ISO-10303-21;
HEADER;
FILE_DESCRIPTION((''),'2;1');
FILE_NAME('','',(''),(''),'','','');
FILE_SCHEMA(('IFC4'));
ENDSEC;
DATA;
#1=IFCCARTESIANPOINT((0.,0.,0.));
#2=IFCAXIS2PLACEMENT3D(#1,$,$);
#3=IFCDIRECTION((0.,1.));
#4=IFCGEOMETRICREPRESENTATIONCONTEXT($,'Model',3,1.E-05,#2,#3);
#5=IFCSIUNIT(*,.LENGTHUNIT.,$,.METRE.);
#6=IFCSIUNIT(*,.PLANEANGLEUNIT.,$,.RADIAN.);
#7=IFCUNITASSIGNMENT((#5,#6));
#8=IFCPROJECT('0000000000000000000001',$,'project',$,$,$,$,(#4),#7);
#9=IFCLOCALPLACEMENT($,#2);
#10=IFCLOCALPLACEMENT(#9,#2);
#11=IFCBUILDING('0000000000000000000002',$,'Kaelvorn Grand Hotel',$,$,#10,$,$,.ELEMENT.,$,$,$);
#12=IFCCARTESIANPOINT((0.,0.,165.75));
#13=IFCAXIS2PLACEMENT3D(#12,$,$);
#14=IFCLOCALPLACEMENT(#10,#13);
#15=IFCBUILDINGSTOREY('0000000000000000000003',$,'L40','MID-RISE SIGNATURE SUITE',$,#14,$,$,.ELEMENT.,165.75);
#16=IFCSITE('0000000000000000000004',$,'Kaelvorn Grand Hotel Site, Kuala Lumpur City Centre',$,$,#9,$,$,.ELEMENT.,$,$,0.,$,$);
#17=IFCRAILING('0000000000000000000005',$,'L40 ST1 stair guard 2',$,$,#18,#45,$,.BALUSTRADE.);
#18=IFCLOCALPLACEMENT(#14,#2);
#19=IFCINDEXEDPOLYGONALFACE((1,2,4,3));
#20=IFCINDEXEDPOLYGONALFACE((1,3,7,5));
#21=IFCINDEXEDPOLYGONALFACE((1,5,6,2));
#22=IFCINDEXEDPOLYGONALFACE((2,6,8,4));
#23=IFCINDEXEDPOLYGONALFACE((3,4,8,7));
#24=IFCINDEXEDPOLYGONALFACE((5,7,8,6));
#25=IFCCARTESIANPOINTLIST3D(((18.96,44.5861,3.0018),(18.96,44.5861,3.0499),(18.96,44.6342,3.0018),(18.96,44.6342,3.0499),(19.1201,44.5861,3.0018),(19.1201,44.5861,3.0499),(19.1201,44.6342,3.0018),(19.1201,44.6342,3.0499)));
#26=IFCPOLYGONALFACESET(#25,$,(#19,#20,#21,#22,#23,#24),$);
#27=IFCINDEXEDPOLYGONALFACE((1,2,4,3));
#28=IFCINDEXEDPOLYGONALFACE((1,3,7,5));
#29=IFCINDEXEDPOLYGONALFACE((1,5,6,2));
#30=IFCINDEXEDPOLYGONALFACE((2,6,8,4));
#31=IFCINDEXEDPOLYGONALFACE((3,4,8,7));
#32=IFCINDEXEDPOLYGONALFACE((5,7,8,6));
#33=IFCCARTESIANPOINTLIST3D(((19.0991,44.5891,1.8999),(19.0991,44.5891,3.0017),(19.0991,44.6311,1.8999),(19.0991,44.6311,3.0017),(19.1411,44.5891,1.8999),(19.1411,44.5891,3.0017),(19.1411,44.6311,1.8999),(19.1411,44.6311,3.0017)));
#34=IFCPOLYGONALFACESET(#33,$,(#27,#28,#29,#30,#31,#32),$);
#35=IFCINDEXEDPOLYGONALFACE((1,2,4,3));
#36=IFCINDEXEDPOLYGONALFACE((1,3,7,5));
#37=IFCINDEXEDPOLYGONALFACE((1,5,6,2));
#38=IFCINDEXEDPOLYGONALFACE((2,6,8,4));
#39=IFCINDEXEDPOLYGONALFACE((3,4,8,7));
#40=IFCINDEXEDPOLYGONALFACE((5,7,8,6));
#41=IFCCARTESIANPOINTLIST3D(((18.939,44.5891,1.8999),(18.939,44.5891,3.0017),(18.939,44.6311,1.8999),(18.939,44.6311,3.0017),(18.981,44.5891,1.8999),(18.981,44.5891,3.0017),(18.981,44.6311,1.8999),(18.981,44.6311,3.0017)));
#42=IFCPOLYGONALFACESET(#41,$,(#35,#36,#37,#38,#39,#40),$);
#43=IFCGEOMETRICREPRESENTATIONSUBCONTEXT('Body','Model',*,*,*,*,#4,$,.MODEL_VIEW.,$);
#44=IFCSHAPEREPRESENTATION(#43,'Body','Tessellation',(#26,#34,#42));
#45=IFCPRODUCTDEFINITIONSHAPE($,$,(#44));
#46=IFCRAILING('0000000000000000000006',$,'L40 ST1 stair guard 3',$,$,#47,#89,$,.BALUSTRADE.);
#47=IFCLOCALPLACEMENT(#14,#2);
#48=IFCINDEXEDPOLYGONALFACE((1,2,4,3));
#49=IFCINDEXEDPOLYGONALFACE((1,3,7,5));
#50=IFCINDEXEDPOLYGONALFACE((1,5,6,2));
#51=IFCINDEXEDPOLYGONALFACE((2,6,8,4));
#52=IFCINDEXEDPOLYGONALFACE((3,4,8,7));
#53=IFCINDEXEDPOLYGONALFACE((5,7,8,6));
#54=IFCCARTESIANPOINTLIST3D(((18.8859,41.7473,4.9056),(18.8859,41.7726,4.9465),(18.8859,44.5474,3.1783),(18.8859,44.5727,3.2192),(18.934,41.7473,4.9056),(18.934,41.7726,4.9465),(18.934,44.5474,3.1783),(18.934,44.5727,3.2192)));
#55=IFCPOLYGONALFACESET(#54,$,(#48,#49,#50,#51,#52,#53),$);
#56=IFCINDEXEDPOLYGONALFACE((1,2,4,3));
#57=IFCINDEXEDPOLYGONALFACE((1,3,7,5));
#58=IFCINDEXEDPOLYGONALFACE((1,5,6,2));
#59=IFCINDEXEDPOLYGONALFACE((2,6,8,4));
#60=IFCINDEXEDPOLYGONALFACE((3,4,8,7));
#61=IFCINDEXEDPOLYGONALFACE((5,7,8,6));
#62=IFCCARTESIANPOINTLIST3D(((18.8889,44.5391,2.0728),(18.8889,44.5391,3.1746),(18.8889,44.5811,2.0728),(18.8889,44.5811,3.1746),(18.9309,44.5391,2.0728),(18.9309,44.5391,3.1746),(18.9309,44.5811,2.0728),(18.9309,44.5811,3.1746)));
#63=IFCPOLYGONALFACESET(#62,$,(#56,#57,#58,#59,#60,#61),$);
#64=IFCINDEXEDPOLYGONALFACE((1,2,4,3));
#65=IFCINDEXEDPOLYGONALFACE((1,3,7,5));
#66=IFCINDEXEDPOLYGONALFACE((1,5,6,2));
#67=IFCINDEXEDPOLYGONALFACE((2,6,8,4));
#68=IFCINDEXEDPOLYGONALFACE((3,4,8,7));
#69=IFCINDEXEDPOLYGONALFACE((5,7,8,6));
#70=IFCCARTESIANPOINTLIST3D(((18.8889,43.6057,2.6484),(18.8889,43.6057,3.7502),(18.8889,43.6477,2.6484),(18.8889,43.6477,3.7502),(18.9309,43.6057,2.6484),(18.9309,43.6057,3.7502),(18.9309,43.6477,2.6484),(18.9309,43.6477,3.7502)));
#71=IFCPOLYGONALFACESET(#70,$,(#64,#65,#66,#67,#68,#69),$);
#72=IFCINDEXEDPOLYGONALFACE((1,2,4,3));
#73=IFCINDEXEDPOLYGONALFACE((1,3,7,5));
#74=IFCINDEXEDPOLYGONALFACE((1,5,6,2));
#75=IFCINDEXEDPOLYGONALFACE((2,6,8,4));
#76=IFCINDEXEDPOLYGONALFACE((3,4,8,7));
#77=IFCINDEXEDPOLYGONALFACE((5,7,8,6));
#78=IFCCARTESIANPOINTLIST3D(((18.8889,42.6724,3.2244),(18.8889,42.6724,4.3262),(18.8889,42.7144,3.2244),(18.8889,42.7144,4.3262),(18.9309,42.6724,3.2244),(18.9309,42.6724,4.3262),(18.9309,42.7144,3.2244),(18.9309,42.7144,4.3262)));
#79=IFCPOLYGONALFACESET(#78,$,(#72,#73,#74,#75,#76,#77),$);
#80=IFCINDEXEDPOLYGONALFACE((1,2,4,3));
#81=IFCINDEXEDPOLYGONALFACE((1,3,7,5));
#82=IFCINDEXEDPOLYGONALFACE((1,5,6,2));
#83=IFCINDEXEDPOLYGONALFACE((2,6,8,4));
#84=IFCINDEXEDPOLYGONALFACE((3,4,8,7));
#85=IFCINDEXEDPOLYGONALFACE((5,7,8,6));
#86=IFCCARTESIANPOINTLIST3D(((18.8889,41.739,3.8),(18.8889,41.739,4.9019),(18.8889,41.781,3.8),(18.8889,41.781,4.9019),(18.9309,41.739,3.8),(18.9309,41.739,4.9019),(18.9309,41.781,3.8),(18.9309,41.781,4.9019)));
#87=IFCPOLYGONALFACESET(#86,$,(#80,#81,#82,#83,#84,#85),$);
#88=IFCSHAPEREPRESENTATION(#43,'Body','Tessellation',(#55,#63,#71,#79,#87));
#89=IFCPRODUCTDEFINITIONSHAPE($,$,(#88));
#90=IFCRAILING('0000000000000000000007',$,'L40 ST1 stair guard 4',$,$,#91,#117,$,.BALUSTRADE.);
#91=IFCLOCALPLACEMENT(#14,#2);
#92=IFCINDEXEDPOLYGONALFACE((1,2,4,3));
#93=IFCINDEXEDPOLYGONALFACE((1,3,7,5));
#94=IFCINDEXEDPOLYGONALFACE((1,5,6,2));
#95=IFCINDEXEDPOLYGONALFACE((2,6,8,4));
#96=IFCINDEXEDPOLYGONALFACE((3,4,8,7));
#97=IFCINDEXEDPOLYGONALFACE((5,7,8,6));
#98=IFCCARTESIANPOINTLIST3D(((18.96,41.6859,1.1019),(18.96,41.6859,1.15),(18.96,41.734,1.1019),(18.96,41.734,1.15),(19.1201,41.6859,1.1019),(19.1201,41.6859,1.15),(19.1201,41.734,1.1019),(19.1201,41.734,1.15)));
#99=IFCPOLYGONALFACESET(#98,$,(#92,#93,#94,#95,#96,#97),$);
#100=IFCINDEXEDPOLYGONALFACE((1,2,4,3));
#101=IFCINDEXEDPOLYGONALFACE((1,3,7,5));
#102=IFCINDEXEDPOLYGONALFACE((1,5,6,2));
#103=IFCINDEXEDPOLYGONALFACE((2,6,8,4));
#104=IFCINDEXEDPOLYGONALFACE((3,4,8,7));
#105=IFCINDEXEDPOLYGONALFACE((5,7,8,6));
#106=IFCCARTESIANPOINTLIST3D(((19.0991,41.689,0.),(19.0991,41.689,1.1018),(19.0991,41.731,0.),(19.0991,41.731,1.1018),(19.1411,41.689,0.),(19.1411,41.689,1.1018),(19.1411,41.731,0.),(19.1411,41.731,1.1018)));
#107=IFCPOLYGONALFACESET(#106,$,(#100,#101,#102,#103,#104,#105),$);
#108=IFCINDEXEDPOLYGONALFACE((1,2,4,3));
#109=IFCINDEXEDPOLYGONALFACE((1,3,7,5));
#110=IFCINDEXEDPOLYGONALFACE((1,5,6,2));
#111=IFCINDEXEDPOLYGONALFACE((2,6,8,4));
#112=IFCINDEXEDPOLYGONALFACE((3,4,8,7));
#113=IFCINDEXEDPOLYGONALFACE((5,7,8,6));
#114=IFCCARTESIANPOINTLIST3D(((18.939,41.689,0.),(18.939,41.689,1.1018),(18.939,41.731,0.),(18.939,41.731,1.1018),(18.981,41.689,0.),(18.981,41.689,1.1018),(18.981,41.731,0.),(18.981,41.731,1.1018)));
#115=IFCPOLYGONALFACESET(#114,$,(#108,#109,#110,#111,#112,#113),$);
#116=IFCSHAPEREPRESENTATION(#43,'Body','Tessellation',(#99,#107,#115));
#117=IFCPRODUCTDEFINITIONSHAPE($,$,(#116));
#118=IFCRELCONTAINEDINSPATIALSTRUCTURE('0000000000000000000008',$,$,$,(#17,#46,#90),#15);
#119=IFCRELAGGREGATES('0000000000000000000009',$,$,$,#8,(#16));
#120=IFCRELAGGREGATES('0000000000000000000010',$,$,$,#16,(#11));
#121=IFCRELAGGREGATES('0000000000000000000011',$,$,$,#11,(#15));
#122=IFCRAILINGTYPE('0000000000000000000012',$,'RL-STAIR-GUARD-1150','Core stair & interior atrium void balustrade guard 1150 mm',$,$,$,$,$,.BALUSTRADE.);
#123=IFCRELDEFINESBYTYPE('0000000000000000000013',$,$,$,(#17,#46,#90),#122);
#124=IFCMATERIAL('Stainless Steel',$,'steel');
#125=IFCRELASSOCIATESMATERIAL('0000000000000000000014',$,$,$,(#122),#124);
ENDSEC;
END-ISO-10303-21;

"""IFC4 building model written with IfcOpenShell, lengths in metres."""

from ifc_helpers import new_model, si_unit, direction, frame, origin, origin_2d, place, context, subcontext, project, spatial, rectangle, extrude, material, type_object, element, save


model = new_model("IFC4")

# Units and contexts
model_context = context("Model", 3, precision=1e-05, world=origin(), true_north=direction((0.0, 1.0)))
body_context = subcontext(model_context, "Body", "Model", "MODEL_VIEW")
ifc_project = project(units=[si_unit("LENGTHUNIT", "METRE"), si_unit("PLANEANGLEUNIT", "RADIAN")], contexts=[model_context])

# Site, building, storey
site_placement = place(None, origin())
site = spatial("IfcSite", under=ifc_project, at=site_placement, Name="Kaelvorn Grand Hotel Site, Kuala Lumpur City Centre", CompositionType="ELEMENT", RefElevation=0.0)
building_placement = place(site_placement, origin())
building = spatial("IfcBuilding", under=site, at=building_placement, Name="Kaelvorn Grand Hotel", CompositionType="ELEMENT")
storey_placement = place(building_placement, frame((0.0, 0.0, 165.75)))
storey = spatial("IfcBuildingStorey", under=building, at=storey_placement, Name="L40", Description="MID-RISE SIGNATURE SUITE", CompositionType="ELEMENT", Elevation=165.75)

# Railings
ifc_material_1 = material(Name="Stainless Steel", Category="steel")
railing_type_1 = type_object("IfcRailingType", Name="RL-STAIR-GUARD-1150", Description="Core stair & interior atrium void balustrade guard 1150 mm", PredefinedType="BALUSTRADE", material=ifc_material_1)
railing_1_placement = place(storey_placement, frame((19.1201, 44.6101, 1.8999)))
element("IfcRailing", 1, at=railing_1_placement, inside=storey, type_object=railing_type_1, Name="L40 ST1 stair guard 2", PredefinedType="BALUSTRADE", context=body_context, shape_type="SweptSolid", body=[
    extrude(rectangle(XDim=0.0481, YDim=0.0481, at=origin_2d()), frame((0.0, 0.0, 1.126), z_axis=(-1.0, 0.0, 0.0), x_axis=(0.0, -1.0, 0.0)), (0.0, 0.0, 1.0), 0.1602),
    extrude(rectangle(XDim=0.042, YDim=0.042, at=origin_2d()), origin(), (0.0, 0.0, 1.0), 1.1018),
    extrude(rectangle(XDim=0.042, YDim=0.042, at=origin_2d()), frame((-0.1602, 0.0, 0.0)), (0.0, 0.0, 1.0), 1.1018),
])
railing_2_placement = place(storey_placement, frame((18.9099, 44.5601, 2.0728)))
element("IfcRailing", 2, at=railing_2_placement, inside=storey, type_object=railing_type_1, Name="L40 ST1 stair guard 3", PredefinedType="BALUSTRADE", context=body_context, shape_type="SweptSolid", body=[
    extrude(rectangle(XDim=0.0481, YDim=0.0481, at=origin_2d()), frame((0.0, 0.0, 1.126), z_axis=(0.0, -0.85109, 0.52502), x_axis=(1.0, 0.0, 0.0)), (0.0, 0.0, 1.0), 3.29),
    extrude(rectangle(XDim=0.042, YDim=0.042, at=origin_2d()), origin(), (0.0, 0.0, 1.0), 1.1018),
    extrude(rectangle(XDim=0.042, YDim=0.042, at=origin_2d()), frame((0.0, -0.9333, 0.5757)), (0.0, 0.0, 1.0), 1.1018),
    extrude(rectangle(XDim=0.042, YDim=0.042, at=origin_2d()), frame((0.0, -1.8667, 1.1516)), (0.0, 0.0, 1.0), 1.1018),
    extrude(rectangle(XDim=0.042, YDim=0.042, at=origin_2d()), frame((0.0, -2.8, 1.7273)), (0.0, 0.0, 1.0), 1.1018),
])
railing_3_placement = place(storey_placement, frame((19.1201, 41.71, 0.0)))
element("IfcRailing", 3, at=railing_3_placement, inside=storey, type_object=railing_type_1, Name="L40 ST1 stair guard 4", PredefinedType="BALUSTRADE", context=body_context, shape_type="SweptSolid", body=[
    extrude(rectangle(XDim=0.0481, YDim=0.0481, at=origin_2d()), frame((0.0, 0.0, 1.126), z_axis=(-1.0, 0.0, 0.0), x_axis=(0.0, -1.0, 0.0)), (0.0, 0.0, 1.0), 0.1602),
    extrude(rectangle(XDim=0.042, YDim=0.042, at=origin_2d()), origin(), (0.0, 0.0, 1.0), 1.1018),
    extrude(rectangle(XDim=0.042, YDim=0.042, at=origin_2d()), frame((-0.1602, 0.0, 0.0)), (0.0, 0.0, 1.0), 1.1018),
])

save(model, "model.ifc")
